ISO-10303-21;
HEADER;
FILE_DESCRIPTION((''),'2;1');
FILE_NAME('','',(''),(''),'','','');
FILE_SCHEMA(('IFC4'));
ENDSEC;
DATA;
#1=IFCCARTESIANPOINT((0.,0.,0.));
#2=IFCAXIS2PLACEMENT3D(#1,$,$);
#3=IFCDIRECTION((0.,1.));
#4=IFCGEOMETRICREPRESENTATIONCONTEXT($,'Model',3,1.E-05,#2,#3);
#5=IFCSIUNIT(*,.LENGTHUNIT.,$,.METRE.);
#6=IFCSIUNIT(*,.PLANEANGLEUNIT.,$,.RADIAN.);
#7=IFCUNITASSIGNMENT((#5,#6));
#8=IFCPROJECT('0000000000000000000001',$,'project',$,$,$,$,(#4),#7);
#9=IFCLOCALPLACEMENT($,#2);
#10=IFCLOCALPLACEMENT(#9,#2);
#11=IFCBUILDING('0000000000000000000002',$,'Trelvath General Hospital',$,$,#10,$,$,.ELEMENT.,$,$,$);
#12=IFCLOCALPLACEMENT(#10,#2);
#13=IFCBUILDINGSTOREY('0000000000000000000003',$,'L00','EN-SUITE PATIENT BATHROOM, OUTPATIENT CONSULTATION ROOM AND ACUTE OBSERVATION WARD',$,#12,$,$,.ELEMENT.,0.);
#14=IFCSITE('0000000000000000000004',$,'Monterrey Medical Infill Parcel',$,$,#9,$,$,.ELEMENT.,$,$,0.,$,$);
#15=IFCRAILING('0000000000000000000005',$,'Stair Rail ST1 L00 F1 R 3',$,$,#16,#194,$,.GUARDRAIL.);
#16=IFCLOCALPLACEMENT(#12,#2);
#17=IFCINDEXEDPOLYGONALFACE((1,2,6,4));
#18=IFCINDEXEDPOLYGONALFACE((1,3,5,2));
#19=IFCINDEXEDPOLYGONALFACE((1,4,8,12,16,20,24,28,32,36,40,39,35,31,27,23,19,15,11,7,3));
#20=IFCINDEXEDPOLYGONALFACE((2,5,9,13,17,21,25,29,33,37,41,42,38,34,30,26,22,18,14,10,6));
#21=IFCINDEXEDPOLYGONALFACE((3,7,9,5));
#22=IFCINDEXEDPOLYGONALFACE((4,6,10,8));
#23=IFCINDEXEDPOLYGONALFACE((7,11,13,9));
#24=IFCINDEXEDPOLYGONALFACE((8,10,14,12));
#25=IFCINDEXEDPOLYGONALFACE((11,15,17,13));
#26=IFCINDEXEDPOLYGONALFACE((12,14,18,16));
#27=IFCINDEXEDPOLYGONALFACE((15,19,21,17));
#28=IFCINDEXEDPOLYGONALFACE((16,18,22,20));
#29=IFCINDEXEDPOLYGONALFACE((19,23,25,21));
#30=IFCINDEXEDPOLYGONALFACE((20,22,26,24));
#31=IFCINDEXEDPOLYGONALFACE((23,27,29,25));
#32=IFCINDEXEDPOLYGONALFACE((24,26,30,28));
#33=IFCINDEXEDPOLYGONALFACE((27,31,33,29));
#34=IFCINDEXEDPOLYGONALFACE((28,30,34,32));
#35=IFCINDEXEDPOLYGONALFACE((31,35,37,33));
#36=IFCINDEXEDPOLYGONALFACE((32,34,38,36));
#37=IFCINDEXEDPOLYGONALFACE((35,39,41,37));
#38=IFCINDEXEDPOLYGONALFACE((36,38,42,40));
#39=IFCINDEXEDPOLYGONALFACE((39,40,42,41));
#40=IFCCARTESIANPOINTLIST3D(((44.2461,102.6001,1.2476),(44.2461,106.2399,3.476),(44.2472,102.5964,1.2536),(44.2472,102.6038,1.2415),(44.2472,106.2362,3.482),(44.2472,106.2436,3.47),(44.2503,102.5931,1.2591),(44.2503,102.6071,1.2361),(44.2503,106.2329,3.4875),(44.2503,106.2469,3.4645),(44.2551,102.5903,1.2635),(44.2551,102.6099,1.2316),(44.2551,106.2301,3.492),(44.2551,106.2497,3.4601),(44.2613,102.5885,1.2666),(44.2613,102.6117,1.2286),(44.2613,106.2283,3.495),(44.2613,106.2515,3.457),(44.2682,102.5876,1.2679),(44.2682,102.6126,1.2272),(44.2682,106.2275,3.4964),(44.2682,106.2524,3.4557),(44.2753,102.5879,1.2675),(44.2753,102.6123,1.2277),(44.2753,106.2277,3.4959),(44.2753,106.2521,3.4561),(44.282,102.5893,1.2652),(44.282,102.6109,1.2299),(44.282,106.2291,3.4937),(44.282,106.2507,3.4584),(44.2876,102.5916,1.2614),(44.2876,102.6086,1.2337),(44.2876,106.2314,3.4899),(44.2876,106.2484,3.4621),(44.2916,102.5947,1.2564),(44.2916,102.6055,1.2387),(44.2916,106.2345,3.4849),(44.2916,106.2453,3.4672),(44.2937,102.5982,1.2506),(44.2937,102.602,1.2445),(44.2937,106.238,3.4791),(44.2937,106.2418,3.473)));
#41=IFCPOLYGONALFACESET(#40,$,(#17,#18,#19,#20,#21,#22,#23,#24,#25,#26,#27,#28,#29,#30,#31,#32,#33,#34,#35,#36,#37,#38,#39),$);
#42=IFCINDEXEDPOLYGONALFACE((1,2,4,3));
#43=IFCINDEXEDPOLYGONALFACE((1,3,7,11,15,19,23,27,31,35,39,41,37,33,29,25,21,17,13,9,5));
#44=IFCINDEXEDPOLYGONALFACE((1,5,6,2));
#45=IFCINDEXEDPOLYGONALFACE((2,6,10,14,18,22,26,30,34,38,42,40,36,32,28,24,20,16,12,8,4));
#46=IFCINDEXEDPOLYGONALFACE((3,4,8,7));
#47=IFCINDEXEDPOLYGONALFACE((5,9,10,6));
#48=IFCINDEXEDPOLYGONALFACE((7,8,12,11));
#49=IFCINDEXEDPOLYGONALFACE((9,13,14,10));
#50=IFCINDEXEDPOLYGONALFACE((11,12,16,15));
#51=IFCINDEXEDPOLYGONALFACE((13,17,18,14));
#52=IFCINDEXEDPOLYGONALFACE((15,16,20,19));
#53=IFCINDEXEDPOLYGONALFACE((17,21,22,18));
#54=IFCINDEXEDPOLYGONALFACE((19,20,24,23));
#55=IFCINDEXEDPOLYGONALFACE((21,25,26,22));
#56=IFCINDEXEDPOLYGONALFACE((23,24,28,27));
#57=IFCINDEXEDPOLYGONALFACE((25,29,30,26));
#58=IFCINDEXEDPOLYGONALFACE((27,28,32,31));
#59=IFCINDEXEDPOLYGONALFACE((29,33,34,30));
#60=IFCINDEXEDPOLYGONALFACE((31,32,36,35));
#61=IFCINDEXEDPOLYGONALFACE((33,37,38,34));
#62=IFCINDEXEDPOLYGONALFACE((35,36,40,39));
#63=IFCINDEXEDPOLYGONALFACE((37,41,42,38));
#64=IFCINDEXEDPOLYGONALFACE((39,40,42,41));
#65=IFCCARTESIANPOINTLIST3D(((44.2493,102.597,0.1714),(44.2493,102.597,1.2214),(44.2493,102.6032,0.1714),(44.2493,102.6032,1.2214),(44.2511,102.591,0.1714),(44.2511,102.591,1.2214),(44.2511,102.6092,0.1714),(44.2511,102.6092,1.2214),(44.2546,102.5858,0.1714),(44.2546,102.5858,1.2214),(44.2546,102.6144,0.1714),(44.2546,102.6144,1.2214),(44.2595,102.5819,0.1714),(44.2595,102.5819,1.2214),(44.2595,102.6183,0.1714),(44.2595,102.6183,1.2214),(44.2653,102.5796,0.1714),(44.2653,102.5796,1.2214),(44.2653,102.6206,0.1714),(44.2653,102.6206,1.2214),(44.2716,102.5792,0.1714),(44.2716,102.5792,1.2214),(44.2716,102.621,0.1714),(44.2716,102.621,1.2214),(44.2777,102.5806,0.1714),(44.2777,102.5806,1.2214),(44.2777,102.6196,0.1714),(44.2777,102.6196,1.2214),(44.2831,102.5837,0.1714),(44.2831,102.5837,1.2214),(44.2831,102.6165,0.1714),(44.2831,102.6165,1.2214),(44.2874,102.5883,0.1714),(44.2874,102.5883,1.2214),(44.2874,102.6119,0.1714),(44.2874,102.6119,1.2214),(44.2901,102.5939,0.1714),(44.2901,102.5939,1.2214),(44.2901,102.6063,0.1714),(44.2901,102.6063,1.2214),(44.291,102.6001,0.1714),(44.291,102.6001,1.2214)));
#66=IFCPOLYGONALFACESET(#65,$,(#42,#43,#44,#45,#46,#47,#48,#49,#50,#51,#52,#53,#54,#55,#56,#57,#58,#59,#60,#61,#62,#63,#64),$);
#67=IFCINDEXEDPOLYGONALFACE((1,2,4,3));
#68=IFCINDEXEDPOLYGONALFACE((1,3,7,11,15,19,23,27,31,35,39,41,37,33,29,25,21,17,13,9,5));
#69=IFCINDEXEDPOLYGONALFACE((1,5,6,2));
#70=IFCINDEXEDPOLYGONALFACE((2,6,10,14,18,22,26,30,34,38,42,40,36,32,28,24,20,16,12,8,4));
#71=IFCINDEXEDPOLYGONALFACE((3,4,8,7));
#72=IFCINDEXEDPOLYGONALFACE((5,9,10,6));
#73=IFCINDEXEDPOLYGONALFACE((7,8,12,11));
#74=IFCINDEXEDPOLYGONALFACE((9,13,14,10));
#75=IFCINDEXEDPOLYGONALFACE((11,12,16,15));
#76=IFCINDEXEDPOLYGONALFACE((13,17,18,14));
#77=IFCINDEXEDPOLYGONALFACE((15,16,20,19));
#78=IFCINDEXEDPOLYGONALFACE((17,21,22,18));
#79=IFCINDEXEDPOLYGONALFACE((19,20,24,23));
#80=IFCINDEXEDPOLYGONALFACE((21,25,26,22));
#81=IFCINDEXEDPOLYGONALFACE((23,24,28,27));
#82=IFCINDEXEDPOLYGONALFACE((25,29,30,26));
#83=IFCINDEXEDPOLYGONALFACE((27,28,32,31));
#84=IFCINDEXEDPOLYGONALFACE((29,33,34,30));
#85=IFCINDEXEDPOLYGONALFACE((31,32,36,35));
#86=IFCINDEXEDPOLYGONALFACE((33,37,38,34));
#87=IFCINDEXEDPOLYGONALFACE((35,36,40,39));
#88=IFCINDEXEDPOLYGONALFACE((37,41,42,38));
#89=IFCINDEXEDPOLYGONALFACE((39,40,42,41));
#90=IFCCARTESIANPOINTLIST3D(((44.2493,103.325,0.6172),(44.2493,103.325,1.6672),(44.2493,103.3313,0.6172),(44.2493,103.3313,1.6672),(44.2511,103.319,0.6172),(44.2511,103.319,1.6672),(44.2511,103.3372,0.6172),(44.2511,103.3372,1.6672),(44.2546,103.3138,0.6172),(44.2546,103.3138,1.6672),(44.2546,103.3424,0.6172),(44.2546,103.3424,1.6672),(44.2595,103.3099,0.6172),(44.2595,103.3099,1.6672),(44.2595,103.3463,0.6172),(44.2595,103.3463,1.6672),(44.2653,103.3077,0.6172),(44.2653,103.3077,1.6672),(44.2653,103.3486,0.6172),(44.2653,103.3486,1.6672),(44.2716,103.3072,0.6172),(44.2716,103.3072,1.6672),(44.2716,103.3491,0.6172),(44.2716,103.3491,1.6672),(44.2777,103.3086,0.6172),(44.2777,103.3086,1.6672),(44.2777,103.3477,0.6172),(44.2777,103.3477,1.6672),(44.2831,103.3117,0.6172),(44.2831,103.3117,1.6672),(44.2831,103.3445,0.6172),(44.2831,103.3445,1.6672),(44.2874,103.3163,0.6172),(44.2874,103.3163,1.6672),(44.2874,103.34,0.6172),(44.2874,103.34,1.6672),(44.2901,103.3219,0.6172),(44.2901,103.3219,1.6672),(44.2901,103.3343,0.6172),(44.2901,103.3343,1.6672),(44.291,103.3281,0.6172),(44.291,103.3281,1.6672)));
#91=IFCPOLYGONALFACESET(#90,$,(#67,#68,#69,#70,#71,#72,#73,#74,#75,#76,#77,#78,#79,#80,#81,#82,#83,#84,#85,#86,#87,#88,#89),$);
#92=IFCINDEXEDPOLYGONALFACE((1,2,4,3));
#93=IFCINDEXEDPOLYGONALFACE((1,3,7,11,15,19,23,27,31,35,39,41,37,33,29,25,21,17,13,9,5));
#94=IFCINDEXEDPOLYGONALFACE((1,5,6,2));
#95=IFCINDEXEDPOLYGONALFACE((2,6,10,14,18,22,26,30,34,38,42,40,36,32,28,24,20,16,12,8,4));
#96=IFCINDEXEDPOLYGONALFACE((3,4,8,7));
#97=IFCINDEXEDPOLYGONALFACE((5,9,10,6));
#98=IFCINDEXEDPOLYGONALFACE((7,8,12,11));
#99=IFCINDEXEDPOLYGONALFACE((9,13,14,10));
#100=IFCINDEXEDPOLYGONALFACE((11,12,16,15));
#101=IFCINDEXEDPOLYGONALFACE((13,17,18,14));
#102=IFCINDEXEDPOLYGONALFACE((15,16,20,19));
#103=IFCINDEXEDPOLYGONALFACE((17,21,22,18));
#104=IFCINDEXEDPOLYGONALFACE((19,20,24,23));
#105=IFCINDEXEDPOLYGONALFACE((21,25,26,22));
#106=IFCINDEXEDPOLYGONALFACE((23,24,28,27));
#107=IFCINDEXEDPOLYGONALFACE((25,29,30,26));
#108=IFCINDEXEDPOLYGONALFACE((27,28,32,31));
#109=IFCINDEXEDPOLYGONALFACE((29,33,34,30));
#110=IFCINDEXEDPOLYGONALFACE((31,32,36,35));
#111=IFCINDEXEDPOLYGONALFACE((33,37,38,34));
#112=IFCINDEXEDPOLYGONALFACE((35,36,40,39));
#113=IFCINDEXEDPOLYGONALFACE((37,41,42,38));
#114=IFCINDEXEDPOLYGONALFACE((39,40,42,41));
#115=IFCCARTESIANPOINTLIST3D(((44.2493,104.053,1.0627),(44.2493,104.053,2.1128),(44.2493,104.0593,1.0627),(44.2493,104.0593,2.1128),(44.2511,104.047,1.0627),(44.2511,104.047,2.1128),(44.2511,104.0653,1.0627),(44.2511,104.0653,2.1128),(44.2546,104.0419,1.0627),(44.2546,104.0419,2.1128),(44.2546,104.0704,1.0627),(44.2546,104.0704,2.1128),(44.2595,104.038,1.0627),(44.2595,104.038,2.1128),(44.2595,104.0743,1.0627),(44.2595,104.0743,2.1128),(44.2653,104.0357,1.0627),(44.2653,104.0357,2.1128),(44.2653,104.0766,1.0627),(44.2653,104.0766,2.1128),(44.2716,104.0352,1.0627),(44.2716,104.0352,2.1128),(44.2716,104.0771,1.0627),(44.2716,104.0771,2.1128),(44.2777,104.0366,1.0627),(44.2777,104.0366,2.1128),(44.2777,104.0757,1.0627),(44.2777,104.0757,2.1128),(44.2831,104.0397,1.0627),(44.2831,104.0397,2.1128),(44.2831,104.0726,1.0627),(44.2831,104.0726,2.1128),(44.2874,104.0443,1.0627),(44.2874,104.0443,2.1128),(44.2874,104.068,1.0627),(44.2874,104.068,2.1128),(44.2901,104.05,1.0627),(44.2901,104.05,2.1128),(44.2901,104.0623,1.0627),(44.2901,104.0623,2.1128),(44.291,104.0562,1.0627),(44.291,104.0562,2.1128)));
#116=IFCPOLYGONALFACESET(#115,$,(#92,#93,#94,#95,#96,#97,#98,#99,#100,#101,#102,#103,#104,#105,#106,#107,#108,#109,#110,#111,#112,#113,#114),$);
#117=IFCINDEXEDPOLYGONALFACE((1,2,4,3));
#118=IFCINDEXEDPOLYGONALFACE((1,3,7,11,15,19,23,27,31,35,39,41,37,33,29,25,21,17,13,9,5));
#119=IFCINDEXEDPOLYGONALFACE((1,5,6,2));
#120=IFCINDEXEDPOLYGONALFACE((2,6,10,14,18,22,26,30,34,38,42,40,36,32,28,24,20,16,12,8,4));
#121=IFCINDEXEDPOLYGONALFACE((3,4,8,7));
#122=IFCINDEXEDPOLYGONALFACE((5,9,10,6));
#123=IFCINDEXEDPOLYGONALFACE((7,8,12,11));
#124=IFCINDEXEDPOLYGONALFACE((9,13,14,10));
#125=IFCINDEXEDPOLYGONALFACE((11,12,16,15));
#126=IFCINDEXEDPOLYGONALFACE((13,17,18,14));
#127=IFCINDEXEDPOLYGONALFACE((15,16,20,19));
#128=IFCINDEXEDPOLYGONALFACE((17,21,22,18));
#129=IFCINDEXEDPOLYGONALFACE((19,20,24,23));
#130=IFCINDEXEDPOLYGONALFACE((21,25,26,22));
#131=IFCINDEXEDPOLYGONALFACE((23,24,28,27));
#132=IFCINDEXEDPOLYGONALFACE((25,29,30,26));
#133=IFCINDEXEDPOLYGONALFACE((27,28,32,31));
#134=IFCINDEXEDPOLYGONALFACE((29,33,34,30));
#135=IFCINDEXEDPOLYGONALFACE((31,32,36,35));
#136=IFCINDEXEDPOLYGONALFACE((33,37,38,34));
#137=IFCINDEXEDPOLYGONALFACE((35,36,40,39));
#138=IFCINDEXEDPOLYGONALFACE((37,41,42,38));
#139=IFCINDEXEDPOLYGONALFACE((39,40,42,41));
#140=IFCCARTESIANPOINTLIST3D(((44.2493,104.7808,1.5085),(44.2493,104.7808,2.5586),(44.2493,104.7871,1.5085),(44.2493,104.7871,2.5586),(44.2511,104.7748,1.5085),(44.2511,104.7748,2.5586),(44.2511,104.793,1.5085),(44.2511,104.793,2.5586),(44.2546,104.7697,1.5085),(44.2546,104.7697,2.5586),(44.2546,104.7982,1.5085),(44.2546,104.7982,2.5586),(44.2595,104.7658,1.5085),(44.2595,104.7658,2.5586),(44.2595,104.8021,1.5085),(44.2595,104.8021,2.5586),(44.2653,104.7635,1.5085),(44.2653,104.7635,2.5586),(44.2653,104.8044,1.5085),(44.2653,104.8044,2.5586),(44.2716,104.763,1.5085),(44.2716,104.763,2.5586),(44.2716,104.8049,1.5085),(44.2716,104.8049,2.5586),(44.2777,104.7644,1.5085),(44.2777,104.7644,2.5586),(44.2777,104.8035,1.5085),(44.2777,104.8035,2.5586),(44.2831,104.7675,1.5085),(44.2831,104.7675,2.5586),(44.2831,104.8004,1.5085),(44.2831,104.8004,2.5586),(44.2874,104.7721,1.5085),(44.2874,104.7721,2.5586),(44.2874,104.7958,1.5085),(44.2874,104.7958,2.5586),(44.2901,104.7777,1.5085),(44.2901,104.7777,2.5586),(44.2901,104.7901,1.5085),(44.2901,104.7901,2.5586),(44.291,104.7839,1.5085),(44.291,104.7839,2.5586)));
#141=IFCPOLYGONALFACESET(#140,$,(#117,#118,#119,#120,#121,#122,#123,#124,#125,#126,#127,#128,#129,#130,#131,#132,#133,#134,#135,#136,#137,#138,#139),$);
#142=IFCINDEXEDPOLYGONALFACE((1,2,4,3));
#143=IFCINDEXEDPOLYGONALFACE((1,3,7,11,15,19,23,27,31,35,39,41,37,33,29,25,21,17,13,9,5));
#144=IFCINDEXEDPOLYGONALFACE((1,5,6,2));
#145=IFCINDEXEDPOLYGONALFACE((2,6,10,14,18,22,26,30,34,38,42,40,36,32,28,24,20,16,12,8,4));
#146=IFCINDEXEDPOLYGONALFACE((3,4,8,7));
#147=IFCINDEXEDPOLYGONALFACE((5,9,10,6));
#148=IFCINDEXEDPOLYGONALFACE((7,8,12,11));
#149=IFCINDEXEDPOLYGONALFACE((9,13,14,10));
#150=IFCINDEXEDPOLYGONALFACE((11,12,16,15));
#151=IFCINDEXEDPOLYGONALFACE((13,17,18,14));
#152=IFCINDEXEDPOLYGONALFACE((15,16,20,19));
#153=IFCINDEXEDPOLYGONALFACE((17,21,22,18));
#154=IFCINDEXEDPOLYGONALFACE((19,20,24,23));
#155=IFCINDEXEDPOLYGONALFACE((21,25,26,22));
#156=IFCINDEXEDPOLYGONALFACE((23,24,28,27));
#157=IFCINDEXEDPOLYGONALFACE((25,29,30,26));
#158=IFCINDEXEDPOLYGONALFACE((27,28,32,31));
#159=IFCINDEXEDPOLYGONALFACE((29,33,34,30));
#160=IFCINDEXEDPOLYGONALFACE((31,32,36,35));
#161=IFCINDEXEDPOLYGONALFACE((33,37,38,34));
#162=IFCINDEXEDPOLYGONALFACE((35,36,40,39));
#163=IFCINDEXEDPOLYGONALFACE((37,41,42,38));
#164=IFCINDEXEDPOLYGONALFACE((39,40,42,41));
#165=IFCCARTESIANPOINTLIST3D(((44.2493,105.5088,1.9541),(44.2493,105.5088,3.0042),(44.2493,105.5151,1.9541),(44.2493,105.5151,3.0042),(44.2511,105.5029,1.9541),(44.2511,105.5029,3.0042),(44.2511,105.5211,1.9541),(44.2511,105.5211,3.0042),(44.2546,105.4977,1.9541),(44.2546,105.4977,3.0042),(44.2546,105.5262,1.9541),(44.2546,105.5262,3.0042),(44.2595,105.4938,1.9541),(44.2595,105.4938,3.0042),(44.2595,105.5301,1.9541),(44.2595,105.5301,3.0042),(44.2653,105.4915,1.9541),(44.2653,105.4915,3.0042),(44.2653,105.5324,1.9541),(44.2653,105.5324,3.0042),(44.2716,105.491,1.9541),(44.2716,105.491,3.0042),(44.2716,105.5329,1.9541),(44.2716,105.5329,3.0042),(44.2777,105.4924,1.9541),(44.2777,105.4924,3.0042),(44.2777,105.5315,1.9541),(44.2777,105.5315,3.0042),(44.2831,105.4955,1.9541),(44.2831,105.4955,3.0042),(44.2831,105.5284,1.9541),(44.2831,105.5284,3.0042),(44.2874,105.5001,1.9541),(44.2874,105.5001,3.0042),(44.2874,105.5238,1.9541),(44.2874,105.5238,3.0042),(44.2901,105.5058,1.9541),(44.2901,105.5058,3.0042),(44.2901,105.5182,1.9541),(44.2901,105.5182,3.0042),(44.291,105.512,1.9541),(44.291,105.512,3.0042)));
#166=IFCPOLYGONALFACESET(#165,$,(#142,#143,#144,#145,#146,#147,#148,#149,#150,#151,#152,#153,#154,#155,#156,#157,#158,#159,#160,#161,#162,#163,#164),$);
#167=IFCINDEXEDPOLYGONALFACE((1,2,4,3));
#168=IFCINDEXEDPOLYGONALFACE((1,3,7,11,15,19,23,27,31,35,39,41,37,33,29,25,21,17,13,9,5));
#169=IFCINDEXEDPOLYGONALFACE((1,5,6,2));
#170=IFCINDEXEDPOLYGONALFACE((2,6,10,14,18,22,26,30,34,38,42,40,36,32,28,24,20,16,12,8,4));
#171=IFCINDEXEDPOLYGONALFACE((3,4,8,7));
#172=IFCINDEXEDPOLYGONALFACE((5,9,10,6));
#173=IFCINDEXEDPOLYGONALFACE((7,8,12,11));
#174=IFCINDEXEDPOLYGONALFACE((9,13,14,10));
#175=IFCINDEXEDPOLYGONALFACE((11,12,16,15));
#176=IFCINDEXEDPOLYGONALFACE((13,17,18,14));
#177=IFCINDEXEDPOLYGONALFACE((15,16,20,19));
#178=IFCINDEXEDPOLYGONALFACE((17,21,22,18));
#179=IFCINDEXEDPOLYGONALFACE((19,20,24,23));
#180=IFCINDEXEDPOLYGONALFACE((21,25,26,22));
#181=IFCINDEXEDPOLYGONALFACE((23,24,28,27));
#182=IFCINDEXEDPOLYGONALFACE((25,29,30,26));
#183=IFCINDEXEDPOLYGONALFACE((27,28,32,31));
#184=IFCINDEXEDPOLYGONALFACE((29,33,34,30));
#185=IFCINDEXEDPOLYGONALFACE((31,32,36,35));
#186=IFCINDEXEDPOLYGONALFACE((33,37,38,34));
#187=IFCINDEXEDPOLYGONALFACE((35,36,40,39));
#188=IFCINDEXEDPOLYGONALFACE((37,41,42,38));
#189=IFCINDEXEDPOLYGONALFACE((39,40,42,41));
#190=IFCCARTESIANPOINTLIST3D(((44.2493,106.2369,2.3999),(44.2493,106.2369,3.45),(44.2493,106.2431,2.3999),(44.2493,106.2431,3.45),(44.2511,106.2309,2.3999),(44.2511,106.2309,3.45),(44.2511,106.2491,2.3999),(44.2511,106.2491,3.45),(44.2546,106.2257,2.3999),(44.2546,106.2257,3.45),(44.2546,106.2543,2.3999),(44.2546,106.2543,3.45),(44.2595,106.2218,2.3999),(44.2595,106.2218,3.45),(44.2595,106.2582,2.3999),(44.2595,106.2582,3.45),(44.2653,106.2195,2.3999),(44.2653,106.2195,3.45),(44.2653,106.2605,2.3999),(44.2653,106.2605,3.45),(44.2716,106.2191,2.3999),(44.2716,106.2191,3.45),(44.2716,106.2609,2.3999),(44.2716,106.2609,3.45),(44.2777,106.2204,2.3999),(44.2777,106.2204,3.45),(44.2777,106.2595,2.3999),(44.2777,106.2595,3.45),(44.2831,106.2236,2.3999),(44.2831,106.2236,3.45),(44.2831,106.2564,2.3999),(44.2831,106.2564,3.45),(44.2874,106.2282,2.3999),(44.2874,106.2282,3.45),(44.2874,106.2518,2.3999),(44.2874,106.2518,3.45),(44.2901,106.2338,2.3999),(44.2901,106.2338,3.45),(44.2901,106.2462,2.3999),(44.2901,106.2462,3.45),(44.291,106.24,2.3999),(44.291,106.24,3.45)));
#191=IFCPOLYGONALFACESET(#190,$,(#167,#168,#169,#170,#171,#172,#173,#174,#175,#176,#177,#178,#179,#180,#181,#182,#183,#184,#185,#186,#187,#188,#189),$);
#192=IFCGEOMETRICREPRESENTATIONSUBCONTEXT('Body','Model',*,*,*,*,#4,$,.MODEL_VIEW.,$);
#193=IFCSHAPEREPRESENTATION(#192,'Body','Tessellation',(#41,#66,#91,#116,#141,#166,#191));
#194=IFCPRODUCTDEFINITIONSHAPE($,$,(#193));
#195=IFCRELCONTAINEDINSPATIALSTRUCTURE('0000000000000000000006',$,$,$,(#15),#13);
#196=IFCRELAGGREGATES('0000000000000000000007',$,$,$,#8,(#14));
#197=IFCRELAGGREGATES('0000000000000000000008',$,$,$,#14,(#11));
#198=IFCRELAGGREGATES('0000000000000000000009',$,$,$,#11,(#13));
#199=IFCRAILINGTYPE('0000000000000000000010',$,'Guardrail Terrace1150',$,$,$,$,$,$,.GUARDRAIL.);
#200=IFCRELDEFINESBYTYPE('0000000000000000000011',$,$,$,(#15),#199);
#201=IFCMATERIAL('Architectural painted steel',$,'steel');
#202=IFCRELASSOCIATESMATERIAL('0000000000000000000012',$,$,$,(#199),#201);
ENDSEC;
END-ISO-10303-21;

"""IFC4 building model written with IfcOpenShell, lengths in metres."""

from ifc_helpers import new_model, si_unit, direction, frame, origin, origin_2d, place, context, subcontext, project, spatial, circle, extrude, material, type_object, element, save


model = new_model("IFC4")

# Units and contexts
model_context = context("Model", 3, precision=1e-05, world=origin(), true_north=direction((0.0, 1.0)))
body_context = subcontext(model_context, "Body", "Model", "MODEL_VIEW")
ifc_project = project(units=[si_unit("LENGTHUNIT", "METRE"), si_unit("PLANEANGLEUNIT", "RADIAN")], contexts=[model_context])

# Site, building, storey
site_placement = place(None, origin())
site = spatial("IfcSite", under=ifc_project, at=site_placement, Name="Monterrey Medical Infill Parcel", CompositionType="ELEMENT", RefElevation=0.0)
building_placement = place(site_placement, origin())
building = spatial("IfcBuilding", under=site, at=building_placement, Name="Trelvath General Hospital", CompositionType="ELEMENT")
storey_placement = place(building_placement, origin())
storey = spatial("IfcBuildingStorey", under=building, at=storey_placement, Name="L00", Description="EN-SUITE PATIENT BATHROOM, OUTPATIENT CONSULTATION ROOM AND ACUTE OBSERVATION WARD", CompositionType="ELEMENT", Elevation=0.0)

# Railing
ifc_material_1 = material(Name="Architectural painted steel", Category="steel")
railing_type_1 = type_object("IfcRailingType", Name="Guardrail Terrace1150", PredefinedType="GUARDRAIL", material=ifc_material_1)
railing_1_placement = place(storey_placement, frame((44.27, 102.6001, 0.1714)))
element("IfcRailing", 1, at=railing_1_placement, inside=storey, type_object=railing_type_1, Name="Stair Rail ST1 L00 F1 R 3", PredefinedType="GUARDRAIL", context=body_context, shape_type="SweptSolid", body=[
    extrude(circle(Radius=0.0239, at=origin_2d()), frame((0.0, 0.0, 1.0762), z_axis=(0.0, 0.85285, 0.522156), x_axis=(-1.0, 0.0, 0.0)), (0.0, 0.0, 1.0), 4.2678),
    extrude(circle(Radius=0.021, at=origin_2d()), origin(), (0.0, 0.0, 1.0), 1.05),
    extrude(circle(Radius=0.021, at=origin_2d()), frame((0.0, 0.728, 0.4458)), (0.0, 0.0, 1.0), 1.05),
    extrude(circle(Radius=0.021, at=origin_2d()), frame((0.0, 1.4561, 0.8914)), (0.0, 0.0, 1.0), 1.05),
    extrude(circle(Radius=0.021, at=origin_2d()), frame((0.0, 2.1838, 1.3372)), (0.0, 0.0, 1.0), 1.05),
    extrude(circle(Radius=0.021, at=origin_2d()), frame((0.0, 2.9119, 1.7827)), (0.0, 0.0, 1.0), 1.05),
    extrude(circle(Radius=0.021, at=origin_2d()), frame((0.0, 3.6399, 2.2285)), (0.0, 0.0, 1.0), 1.05),
])

save(model, "model.ifc")
